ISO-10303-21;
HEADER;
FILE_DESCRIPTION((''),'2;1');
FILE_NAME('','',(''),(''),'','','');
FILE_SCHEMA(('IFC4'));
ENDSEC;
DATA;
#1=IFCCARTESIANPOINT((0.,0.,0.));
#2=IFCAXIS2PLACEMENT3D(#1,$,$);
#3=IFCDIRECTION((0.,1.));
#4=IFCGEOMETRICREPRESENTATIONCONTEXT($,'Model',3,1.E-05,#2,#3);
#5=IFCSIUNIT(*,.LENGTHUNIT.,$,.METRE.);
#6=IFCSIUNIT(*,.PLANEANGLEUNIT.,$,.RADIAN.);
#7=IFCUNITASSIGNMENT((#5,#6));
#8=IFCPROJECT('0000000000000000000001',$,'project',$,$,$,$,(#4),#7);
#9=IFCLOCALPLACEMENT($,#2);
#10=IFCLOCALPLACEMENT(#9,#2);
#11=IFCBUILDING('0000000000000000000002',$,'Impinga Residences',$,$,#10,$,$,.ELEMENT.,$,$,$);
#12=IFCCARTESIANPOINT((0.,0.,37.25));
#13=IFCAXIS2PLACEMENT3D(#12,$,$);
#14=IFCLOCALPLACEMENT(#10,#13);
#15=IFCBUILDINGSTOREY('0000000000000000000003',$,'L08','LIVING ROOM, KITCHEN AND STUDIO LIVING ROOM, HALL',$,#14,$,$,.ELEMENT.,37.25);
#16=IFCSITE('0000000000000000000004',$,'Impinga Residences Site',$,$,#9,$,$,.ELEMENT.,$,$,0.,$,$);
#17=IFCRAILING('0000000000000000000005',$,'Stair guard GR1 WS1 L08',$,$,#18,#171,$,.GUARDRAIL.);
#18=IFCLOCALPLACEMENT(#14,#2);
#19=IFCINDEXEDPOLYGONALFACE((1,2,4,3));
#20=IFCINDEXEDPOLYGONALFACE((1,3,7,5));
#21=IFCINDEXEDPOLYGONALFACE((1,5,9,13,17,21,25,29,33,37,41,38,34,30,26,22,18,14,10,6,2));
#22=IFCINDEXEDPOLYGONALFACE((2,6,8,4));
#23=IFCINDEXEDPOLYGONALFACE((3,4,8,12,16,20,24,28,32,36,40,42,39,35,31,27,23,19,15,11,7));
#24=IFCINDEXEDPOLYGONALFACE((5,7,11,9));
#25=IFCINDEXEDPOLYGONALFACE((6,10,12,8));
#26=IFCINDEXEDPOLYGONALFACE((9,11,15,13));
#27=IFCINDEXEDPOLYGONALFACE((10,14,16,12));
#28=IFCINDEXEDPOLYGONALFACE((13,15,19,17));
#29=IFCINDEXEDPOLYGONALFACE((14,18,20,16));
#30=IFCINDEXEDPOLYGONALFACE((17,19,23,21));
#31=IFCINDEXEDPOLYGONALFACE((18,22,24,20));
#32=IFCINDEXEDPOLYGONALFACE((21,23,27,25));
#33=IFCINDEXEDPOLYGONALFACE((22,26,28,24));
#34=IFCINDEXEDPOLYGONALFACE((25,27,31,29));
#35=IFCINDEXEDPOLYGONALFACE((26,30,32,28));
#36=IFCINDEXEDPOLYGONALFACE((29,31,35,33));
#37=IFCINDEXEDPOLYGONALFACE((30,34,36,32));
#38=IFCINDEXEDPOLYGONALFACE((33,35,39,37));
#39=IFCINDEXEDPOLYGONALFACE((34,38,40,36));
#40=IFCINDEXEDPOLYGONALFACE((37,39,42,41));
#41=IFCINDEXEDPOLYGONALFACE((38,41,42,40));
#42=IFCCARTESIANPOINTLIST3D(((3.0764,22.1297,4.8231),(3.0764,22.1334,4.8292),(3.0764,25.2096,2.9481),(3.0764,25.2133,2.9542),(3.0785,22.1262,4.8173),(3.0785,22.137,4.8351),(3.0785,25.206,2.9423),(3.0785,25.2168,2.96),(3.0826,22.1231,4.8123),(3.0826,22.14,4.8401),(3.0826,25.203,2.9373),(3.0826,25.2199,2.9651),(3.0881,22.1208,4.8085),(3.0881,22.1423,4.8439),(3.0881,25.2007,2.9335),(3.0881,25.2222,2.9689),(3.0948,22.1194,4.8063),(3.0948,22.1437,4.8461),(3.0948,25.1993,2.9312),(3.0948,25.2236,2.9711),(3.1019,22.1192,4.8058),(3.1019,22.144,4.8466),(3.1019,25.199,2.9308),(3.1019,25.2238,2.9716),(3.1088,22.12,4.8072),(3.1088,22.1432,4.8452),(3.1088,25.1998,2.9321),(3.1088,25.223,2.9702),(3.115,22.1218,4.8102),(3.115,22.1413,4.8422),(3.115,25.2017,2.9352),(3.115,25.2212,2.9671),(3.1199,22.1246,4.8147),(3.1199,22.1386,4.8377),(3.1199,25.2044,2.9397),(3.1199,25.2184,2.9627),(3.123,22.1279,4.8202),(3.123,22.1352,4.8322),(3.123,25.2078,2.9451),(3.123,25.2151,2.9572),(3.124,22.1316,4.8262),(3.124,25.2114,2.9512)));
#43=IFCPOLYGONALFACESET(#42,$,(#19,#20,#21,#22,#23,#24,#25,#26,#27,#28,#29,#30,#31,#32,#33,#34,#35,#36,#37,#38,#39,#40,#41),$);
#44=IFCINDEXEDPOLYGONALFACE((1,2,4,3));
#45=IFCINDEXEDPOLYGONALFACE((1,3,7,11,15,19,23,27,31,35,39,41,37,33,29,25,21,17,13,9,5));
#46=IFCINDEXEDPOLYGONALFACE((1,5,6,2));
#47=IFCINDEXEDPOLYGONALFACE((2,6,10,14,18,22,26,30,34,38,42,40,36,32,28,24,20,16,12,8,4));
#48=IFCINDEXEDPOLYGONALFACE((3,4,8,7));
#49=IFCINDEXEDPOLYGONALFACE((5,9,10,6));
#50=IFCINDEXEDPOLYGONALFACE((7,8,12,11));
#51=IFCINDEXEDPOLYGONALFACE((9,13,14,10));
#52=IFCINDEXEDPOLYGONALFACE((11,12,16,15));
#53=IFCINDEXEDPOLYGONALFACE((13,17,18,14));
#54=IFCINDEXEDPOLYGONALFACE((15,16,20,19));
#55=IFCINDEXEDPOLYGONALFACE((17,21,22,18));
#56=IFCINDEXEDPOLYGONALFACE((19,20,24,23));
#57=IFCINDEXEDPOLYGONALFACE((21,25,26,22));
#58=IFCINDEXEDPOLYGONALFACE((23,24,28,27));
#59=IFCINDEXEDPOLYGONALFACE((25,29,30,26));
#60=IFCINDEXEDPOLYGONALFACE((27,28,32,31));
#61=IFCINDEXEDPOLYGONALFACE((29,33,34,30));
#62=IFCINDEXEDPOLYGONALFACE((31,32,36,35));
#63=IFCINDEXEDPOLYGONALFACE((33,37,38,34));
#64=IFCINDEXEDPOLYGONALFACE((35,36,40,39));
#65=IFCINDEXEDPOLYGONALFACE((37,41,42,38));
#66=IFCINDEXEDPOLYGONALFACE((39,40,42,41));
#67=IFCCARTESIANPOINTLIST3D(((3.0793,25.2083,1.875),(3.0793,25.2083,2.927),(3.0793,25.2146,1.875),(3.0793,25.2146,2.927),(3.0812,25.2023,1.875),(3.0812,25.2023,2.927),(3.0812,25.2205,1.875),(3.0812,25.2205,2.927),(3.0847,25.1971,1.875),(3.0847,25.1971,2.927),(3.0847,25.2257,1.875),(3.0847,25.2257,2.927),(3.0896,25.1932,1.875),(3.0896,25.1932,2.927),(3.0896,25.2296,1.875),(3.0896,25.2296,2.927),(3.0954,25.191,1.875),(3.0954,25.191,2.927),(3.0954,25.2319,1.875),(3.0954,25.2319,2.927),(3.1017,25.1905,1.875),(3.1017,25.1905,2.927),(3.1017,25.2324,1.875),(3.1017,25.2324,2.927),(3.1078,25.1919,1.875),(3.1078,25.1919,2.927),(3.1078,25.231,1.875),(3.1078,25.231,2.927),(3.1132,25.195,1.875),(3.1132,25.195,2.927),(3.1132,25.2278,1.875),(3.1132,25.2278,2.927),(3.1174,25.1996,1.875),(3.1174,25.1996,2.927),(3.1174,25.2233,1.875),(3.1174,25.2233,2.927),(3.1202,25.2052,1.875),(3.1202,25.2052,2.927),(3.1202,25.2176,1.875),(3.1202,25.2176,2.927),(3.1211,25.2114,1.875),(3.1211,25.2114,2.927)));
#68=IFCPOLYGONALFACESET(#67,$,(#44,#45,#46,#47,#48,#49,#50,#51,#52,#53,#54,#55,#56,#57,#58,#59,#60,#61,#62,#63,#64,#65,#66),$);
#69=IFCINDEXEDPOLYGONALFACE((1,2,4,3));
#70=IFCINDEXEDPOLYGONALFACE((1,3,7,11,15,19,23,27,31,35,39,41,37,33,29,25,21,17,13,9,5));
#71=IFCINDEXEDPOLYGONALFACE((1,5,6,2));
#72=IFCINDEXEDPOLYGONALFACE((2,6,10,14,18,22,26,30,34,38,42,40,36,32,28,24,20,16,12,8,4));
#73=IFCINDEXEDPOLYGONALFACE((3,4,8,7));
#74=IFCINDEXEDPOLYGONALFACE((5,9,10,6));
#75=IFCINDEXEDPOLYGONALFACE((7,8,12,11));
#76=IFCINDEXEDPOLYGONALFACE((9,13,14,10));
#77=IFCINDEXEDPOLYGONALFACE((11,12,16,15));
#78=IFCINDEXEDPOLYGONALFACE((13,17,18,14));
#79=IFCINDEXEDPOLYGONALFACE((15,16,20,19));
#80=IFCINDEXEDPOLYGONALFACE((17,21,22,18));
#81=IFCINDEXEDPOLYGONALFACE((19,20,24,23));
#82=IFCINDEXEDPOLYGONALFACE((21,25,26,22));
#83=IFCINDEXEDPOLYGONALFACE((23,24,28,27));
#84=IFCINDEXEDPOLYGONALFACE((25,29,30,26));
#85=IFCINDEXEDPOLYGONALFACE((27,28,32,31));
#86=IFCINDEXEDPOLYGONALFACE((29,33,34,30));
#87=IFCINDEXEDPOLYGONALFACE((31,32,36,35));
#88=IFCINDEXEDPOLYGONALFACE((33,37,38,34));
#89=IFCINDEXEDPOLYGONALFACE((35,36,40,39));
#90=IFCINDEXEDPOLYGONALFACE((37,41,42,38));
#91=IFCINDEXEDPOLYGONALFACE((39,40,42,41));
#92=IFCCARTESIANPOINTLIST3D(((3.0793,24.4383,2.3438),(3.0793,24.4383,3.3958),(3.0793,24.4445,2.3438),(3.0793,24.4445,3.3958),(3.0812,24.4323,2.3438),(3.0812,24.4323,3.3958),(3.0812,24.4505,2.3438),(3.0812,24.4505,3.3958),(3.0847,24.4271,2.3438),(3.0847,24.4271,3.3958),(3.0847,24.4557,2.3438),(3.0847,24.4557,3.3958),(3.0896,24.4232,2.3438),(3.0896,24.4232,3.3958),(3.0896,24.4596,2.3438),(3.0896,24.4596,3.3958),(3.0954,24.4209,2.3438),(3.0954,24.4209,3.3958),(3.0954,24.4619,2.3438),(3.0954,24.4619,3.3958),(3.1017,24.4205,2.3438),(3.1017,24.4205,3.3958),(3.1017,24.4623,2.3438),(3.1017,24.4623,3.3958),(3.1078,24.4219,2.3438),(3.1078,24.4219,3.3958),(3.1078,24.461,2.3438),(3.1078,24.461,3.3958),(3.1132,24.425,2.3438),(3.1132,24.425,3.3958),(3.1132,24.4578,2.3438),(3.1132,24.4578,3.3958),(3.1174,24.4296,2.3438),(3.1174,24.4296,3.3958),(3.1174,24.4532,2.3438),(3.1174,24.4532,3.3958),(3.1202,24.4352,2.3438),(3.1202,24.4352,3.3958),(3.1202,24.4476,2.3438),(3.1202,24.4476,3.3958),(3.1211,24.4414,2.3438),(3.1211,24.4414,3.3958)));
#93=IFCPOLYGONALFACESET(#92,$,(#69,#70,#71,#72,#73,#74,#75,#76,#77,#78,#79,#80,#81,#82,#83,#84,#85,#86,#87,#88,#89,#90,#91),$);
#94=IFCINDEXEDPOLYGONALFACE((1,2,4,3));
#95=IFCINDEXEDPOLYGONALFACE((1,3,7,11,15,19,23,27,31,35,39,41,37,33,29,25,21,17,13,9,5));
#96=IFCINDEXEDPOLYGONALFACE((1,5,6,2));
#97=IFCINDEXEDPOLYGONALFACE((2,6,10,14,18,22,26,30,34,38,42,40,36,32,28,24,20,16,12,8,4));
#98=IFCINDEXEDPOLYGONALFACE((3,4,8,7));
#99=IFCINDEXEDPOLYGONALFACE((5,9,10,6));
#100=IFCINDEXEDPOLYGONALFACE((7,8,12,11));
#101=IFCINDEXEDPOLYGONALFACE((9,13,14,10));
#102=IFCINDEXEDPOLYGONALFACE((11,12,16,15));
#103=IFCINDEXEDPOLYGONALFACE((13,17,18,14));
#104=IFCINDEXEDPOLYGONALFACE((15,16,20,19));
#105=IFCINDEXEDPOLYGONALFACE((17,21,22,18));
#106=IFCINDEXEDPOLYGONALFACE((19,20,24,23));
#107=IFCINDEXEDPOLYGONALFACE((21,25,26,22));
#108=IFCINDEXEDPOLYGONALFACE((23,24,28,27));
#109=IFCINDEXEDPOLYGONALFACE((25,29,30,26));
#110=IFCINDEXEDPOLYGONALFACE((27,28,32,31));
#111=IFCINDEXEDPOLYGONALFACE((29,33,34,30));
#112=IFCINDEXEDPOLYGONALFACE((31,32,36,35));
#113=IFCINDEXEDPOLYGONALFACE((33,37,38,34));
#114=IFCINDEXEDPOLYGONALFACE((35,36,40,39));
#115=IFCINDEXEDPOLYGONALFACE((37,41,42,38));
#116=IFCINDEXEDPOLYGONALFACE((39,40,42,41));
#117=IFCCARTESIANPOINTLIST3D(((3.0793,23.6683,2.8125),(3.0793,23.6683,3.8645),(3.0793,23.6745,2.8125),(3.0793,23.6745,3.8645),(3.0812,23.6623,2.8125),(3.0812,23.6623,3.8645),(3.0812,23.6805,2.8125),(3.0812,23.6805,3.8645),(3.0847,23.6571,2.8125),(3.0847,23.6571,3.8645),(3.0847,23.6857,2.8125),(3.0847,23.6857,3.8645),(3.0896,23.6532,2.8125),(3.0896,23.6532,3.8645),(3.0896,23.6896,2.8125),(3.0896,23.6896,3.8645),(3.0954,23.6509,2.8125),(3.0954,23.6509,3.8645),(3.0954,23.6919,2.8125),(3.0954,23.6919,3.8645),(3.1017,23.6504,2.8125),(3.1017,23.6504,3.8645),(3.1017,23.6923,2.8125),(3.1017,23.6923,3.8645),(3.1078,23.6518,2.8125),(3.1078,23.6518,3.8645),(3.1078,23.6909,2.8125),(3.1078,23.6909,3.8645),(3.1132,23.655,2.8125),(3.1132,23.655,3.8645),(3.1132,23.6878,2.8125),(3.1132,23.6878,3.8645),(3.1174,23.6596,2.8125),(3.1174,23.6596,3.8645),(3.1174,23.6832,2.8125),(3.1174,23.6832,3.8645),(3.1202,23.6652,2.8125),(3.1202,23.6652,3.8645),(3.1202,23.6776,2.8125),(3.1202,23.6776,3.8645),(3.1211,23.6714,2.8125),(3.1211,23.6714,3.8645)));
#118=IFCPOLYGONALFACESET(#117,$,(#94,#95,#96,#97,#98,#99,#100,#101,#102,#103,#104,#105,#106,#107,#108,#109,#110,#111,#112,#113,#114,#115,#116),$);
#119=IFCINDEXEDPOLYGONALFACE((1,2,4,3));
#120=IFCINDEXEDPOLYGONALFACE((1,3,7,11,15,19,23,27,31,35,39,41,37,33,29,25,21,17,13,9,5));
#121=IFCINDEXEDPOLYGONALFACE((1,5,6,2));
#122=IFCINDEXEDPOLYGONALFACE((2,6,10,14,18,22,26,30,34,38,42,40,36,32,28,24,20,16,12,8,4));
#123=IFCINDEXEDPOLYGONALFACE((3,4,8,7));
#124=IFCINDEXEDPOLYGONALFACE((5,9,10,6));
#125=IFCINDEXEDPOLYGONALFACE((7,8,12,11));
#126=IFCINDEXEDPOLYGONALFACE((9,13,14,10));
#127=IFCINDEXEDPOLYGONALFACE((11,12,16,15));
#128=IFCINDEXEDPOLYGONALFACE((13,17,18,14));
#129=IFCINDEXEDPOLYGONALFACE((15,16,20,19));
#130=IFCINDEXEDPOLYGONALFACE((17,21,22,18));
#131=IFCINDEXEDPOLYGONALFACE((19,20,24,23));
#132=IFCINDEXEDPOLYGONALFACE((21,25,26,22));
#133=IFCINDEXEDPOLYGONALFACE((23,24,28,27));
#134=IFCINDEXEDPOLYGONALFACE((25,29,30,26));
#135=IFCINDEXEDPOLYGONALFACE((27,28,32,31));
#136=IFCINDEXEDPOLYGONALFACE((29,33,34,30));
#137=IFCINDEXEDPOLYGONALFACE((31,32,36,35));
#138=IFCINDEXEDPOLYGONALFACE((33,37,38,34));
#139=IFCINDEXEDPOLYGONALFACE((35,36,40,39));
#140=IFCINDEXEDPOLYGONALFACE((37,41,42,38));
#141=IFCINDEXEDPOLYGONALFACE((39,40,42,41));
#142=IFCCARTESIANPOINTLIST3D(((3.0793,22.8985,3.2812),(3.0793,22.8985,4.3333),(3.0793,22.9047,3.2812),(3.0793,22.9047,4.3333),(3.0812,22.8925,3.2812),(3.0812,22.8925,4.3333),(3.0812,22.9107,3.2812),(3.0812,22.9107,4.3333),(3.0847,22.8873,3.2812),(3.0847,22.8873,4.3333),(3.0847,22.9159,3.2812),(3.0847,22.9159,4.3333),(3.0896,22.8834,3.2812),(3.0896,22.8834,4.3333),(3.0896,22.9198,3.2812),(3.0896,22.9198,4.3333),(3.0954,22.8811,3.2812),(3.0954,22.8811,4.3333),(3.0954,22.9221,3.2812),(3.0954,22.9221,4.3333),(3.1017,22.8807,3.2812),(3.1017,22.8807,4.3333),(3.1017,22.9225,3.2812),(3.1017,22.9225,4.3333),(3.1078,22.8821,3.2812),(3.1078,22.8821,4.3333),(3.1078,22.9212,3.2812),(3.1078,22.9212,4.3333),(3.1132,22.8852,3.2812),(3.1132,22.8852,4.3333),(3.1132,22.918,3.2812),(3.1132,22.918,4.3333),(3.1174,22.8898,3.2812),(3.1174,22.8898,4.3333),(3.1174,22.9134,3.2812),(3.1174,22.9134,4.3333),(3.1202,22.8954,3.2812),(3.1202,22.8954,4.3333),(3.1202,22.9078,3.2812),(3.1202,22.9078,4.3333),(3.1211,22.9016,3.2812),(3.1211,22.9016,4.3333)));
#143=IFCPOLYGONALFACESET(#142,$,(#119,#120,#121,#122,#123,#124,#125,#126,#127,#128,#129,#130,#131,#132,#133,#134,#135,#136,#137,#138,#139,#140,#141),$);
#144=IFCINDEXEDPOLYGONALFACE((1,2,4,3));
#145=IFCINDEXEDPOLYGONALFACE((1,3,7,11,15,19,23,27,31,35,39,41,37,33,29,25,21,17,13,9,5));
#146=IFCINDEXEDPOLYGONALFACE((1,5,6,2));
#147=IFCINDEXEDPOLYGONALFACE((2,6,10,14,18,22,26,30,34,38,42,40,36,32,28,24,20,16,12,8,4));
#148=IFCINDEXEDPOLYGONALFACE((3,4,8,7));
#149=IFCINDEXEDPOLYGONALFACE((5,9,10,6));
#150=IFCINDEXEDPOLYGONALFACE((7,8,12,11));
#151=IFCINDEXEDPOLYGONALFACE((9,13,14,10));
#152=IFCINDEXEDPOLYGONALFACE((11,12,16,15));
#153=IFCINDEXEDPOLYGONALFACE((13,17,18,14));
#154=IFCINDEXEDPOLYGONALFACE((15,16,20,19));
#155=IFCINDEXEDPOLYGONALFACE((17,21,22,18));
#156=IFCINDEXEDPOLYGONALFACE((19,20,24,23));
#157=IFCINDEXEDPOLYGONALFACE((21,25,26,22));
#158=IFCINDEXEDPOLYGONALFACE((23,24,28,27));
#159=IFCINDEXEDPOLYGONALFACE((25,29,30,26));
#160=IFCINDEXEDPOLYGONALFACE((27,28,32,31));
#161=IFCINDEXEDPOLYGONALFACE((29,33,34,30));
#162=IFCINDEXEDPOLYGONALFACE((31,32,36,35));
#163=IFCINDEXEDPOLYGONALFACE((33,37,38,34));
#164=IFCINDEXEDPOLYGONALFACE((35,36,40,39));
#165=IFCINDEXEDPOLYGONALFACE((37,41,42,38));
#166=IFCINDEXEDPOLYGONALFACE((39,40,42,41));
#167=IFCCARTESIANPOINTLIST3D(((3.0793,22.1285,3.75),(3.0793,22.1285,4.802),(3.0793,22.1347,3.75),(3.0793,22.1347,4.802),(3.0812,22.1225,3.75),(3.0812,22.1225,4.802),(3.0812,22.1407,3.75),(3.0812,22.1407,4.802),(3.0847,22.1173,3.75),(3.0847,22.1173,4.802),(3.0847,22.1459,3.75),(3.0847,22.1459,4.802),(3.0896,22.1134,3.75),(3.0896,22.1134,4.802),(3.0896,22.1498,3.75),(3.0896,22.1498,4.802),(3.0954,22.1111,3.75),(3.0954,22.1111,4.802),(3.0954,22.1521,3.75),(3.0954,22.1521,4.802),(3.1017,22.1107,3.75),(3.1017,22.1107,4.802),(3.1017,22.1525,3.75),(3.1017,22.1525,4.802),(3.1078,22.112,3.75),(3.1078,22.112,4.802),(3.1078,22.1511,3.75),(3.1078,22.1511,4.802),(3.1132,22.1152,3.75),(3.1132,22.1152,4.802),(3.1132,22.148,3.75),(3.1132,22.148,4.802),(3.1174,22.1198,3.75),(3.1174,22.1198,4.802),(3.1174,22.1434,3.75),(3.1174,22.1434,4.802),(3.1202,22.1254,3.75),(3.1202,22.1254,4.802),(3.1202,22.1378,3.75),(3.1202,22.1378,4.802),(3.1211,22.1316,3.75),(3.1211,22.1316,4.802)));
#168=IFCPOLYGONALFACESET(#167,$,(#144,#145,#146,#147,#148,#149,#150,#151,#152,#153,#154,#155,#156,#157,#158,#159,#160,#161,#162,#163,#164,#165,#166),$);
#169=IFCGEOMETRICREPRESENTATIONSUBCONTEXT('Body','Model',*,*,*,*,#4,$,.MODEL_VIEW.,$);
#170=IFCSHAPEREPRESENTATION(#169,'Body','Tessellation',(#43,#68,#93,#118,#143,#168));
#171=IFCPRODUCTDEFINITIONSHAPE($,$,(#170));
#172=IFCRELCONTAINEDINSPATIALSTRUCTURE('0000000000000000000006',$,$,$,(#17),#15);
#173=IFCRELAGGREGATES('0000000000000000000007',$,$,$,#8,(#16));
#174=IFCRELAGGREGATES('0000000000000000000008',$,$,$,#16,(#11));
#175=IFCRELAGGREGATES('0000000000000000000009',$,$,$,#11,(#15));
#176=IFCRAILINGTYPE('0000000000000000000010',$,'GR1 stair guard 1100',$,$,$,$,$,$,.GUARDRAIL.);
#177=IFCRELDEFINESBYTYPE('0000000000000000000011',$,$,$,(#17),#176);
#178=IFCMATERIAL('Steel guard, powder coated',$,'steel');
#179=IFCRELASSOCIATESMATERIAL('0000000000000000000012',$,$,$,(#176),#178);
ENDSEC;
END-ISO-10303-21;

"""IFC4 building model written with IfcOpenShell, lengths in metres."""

from ifc_helpers import new_model, si_unit, direction, frame, origin, origin_2d, place, context, subcontext, project, spatial, circle, extrude, material, type_object, element, save


model = new_model("IFC4")

# Units and contexts
model_context = context("Model", 3, precision=1e-05, world=origin(), true_north=direction((0.0, 1.0)))
body_context = subcontext(model_context, "Body", "Model", "MODEL_VIEW")
ifc_project = project(units=[si_unit("LENGTHUNIT", "METRE"), si_unit("PLANEANGLEUNIT", "RADIAN")], contexts=[model_context])

# Site, building, storey
site_placement = place(None, origin())
site = spatial("IfcSite", under=ifc_project, at=site_placement, Name="Impinga Residences Site", CompositionType="ELEMENT", RefElevation=0.0)
building_placement = place(site_placement, origin())
building = spatial("IfcBuilding", under=site, at=building_placement, Name="Impinga Residences", CompositionType="ELEMENT")
storey_placement = place(building_placement, frame((0.0, 0.0, 37.25)))
storey = spatial("IfcBuildingStorey", under=building, at=storey_placement, Name="L08", Description="LIVING ROOM, KITCHEN AND STUDIO LIVING ROOM, HALL", CompositionType="ELEMENT", Elevation=37.25)

# Railing
ifc_material_1 = material(Name="Steel guard, powder coated", Category="steel")
railing_type_1 = type_object("IfcRailingType", Name="GR1 stair guard 1100", PredefinedType="GUARDRAIL", material=ifc_material_1)
railing_1_placement = place(storey_placement, frame((3.1001, 25.2114, 1.875)))
element("IfcRailing", 1, at=railing_1_placement, inside=storey, type_object=railing_type_1, Name="Stair guard GR1 WS1 L08", PredefinedType="GUARDRAIL", context=body_context, shape_type="SweptSolid", body=[
    extrude(circle(Radius=0.0239, at=origin_2d()), frame((0.0, 0.0, 1.0762), z_axis=(0.0, -0.854159, 0.520011), x_axis=(1.0, 0.0, 0.0)), (0.0, 0.0, 1.0), 3.6057),
    extrude(circle(Radius=0.021, at=origin_2d()), origin(), (0.0, 0.0, 1.0), 1.052),
    extrude(circle(Radius=0.021, at=origin_2d()), frame((0.0, -0.77, 0.4688)), (0.0, 0.0, 1.0), 1.052),
    extrude(circle(Radius=0.021, at=origin_2d()), frame((0.0, -1.54, 0.9375)), (0.0, 0.0, 1.0), 1.052),
    extrude(circle(Radius=0.021, at=origin_2d()), frame((0.0, -2.3098, 1.4062)), (0.0, 0.0, 1.0), 1.052),
    extrude(circle(Radius=0.021, at=origin_2d()), frame((0.0, -3.0798, 1.875)), (0.0, 0.0, 1.0), 1.052),
])

save(model, "model.ifc")
